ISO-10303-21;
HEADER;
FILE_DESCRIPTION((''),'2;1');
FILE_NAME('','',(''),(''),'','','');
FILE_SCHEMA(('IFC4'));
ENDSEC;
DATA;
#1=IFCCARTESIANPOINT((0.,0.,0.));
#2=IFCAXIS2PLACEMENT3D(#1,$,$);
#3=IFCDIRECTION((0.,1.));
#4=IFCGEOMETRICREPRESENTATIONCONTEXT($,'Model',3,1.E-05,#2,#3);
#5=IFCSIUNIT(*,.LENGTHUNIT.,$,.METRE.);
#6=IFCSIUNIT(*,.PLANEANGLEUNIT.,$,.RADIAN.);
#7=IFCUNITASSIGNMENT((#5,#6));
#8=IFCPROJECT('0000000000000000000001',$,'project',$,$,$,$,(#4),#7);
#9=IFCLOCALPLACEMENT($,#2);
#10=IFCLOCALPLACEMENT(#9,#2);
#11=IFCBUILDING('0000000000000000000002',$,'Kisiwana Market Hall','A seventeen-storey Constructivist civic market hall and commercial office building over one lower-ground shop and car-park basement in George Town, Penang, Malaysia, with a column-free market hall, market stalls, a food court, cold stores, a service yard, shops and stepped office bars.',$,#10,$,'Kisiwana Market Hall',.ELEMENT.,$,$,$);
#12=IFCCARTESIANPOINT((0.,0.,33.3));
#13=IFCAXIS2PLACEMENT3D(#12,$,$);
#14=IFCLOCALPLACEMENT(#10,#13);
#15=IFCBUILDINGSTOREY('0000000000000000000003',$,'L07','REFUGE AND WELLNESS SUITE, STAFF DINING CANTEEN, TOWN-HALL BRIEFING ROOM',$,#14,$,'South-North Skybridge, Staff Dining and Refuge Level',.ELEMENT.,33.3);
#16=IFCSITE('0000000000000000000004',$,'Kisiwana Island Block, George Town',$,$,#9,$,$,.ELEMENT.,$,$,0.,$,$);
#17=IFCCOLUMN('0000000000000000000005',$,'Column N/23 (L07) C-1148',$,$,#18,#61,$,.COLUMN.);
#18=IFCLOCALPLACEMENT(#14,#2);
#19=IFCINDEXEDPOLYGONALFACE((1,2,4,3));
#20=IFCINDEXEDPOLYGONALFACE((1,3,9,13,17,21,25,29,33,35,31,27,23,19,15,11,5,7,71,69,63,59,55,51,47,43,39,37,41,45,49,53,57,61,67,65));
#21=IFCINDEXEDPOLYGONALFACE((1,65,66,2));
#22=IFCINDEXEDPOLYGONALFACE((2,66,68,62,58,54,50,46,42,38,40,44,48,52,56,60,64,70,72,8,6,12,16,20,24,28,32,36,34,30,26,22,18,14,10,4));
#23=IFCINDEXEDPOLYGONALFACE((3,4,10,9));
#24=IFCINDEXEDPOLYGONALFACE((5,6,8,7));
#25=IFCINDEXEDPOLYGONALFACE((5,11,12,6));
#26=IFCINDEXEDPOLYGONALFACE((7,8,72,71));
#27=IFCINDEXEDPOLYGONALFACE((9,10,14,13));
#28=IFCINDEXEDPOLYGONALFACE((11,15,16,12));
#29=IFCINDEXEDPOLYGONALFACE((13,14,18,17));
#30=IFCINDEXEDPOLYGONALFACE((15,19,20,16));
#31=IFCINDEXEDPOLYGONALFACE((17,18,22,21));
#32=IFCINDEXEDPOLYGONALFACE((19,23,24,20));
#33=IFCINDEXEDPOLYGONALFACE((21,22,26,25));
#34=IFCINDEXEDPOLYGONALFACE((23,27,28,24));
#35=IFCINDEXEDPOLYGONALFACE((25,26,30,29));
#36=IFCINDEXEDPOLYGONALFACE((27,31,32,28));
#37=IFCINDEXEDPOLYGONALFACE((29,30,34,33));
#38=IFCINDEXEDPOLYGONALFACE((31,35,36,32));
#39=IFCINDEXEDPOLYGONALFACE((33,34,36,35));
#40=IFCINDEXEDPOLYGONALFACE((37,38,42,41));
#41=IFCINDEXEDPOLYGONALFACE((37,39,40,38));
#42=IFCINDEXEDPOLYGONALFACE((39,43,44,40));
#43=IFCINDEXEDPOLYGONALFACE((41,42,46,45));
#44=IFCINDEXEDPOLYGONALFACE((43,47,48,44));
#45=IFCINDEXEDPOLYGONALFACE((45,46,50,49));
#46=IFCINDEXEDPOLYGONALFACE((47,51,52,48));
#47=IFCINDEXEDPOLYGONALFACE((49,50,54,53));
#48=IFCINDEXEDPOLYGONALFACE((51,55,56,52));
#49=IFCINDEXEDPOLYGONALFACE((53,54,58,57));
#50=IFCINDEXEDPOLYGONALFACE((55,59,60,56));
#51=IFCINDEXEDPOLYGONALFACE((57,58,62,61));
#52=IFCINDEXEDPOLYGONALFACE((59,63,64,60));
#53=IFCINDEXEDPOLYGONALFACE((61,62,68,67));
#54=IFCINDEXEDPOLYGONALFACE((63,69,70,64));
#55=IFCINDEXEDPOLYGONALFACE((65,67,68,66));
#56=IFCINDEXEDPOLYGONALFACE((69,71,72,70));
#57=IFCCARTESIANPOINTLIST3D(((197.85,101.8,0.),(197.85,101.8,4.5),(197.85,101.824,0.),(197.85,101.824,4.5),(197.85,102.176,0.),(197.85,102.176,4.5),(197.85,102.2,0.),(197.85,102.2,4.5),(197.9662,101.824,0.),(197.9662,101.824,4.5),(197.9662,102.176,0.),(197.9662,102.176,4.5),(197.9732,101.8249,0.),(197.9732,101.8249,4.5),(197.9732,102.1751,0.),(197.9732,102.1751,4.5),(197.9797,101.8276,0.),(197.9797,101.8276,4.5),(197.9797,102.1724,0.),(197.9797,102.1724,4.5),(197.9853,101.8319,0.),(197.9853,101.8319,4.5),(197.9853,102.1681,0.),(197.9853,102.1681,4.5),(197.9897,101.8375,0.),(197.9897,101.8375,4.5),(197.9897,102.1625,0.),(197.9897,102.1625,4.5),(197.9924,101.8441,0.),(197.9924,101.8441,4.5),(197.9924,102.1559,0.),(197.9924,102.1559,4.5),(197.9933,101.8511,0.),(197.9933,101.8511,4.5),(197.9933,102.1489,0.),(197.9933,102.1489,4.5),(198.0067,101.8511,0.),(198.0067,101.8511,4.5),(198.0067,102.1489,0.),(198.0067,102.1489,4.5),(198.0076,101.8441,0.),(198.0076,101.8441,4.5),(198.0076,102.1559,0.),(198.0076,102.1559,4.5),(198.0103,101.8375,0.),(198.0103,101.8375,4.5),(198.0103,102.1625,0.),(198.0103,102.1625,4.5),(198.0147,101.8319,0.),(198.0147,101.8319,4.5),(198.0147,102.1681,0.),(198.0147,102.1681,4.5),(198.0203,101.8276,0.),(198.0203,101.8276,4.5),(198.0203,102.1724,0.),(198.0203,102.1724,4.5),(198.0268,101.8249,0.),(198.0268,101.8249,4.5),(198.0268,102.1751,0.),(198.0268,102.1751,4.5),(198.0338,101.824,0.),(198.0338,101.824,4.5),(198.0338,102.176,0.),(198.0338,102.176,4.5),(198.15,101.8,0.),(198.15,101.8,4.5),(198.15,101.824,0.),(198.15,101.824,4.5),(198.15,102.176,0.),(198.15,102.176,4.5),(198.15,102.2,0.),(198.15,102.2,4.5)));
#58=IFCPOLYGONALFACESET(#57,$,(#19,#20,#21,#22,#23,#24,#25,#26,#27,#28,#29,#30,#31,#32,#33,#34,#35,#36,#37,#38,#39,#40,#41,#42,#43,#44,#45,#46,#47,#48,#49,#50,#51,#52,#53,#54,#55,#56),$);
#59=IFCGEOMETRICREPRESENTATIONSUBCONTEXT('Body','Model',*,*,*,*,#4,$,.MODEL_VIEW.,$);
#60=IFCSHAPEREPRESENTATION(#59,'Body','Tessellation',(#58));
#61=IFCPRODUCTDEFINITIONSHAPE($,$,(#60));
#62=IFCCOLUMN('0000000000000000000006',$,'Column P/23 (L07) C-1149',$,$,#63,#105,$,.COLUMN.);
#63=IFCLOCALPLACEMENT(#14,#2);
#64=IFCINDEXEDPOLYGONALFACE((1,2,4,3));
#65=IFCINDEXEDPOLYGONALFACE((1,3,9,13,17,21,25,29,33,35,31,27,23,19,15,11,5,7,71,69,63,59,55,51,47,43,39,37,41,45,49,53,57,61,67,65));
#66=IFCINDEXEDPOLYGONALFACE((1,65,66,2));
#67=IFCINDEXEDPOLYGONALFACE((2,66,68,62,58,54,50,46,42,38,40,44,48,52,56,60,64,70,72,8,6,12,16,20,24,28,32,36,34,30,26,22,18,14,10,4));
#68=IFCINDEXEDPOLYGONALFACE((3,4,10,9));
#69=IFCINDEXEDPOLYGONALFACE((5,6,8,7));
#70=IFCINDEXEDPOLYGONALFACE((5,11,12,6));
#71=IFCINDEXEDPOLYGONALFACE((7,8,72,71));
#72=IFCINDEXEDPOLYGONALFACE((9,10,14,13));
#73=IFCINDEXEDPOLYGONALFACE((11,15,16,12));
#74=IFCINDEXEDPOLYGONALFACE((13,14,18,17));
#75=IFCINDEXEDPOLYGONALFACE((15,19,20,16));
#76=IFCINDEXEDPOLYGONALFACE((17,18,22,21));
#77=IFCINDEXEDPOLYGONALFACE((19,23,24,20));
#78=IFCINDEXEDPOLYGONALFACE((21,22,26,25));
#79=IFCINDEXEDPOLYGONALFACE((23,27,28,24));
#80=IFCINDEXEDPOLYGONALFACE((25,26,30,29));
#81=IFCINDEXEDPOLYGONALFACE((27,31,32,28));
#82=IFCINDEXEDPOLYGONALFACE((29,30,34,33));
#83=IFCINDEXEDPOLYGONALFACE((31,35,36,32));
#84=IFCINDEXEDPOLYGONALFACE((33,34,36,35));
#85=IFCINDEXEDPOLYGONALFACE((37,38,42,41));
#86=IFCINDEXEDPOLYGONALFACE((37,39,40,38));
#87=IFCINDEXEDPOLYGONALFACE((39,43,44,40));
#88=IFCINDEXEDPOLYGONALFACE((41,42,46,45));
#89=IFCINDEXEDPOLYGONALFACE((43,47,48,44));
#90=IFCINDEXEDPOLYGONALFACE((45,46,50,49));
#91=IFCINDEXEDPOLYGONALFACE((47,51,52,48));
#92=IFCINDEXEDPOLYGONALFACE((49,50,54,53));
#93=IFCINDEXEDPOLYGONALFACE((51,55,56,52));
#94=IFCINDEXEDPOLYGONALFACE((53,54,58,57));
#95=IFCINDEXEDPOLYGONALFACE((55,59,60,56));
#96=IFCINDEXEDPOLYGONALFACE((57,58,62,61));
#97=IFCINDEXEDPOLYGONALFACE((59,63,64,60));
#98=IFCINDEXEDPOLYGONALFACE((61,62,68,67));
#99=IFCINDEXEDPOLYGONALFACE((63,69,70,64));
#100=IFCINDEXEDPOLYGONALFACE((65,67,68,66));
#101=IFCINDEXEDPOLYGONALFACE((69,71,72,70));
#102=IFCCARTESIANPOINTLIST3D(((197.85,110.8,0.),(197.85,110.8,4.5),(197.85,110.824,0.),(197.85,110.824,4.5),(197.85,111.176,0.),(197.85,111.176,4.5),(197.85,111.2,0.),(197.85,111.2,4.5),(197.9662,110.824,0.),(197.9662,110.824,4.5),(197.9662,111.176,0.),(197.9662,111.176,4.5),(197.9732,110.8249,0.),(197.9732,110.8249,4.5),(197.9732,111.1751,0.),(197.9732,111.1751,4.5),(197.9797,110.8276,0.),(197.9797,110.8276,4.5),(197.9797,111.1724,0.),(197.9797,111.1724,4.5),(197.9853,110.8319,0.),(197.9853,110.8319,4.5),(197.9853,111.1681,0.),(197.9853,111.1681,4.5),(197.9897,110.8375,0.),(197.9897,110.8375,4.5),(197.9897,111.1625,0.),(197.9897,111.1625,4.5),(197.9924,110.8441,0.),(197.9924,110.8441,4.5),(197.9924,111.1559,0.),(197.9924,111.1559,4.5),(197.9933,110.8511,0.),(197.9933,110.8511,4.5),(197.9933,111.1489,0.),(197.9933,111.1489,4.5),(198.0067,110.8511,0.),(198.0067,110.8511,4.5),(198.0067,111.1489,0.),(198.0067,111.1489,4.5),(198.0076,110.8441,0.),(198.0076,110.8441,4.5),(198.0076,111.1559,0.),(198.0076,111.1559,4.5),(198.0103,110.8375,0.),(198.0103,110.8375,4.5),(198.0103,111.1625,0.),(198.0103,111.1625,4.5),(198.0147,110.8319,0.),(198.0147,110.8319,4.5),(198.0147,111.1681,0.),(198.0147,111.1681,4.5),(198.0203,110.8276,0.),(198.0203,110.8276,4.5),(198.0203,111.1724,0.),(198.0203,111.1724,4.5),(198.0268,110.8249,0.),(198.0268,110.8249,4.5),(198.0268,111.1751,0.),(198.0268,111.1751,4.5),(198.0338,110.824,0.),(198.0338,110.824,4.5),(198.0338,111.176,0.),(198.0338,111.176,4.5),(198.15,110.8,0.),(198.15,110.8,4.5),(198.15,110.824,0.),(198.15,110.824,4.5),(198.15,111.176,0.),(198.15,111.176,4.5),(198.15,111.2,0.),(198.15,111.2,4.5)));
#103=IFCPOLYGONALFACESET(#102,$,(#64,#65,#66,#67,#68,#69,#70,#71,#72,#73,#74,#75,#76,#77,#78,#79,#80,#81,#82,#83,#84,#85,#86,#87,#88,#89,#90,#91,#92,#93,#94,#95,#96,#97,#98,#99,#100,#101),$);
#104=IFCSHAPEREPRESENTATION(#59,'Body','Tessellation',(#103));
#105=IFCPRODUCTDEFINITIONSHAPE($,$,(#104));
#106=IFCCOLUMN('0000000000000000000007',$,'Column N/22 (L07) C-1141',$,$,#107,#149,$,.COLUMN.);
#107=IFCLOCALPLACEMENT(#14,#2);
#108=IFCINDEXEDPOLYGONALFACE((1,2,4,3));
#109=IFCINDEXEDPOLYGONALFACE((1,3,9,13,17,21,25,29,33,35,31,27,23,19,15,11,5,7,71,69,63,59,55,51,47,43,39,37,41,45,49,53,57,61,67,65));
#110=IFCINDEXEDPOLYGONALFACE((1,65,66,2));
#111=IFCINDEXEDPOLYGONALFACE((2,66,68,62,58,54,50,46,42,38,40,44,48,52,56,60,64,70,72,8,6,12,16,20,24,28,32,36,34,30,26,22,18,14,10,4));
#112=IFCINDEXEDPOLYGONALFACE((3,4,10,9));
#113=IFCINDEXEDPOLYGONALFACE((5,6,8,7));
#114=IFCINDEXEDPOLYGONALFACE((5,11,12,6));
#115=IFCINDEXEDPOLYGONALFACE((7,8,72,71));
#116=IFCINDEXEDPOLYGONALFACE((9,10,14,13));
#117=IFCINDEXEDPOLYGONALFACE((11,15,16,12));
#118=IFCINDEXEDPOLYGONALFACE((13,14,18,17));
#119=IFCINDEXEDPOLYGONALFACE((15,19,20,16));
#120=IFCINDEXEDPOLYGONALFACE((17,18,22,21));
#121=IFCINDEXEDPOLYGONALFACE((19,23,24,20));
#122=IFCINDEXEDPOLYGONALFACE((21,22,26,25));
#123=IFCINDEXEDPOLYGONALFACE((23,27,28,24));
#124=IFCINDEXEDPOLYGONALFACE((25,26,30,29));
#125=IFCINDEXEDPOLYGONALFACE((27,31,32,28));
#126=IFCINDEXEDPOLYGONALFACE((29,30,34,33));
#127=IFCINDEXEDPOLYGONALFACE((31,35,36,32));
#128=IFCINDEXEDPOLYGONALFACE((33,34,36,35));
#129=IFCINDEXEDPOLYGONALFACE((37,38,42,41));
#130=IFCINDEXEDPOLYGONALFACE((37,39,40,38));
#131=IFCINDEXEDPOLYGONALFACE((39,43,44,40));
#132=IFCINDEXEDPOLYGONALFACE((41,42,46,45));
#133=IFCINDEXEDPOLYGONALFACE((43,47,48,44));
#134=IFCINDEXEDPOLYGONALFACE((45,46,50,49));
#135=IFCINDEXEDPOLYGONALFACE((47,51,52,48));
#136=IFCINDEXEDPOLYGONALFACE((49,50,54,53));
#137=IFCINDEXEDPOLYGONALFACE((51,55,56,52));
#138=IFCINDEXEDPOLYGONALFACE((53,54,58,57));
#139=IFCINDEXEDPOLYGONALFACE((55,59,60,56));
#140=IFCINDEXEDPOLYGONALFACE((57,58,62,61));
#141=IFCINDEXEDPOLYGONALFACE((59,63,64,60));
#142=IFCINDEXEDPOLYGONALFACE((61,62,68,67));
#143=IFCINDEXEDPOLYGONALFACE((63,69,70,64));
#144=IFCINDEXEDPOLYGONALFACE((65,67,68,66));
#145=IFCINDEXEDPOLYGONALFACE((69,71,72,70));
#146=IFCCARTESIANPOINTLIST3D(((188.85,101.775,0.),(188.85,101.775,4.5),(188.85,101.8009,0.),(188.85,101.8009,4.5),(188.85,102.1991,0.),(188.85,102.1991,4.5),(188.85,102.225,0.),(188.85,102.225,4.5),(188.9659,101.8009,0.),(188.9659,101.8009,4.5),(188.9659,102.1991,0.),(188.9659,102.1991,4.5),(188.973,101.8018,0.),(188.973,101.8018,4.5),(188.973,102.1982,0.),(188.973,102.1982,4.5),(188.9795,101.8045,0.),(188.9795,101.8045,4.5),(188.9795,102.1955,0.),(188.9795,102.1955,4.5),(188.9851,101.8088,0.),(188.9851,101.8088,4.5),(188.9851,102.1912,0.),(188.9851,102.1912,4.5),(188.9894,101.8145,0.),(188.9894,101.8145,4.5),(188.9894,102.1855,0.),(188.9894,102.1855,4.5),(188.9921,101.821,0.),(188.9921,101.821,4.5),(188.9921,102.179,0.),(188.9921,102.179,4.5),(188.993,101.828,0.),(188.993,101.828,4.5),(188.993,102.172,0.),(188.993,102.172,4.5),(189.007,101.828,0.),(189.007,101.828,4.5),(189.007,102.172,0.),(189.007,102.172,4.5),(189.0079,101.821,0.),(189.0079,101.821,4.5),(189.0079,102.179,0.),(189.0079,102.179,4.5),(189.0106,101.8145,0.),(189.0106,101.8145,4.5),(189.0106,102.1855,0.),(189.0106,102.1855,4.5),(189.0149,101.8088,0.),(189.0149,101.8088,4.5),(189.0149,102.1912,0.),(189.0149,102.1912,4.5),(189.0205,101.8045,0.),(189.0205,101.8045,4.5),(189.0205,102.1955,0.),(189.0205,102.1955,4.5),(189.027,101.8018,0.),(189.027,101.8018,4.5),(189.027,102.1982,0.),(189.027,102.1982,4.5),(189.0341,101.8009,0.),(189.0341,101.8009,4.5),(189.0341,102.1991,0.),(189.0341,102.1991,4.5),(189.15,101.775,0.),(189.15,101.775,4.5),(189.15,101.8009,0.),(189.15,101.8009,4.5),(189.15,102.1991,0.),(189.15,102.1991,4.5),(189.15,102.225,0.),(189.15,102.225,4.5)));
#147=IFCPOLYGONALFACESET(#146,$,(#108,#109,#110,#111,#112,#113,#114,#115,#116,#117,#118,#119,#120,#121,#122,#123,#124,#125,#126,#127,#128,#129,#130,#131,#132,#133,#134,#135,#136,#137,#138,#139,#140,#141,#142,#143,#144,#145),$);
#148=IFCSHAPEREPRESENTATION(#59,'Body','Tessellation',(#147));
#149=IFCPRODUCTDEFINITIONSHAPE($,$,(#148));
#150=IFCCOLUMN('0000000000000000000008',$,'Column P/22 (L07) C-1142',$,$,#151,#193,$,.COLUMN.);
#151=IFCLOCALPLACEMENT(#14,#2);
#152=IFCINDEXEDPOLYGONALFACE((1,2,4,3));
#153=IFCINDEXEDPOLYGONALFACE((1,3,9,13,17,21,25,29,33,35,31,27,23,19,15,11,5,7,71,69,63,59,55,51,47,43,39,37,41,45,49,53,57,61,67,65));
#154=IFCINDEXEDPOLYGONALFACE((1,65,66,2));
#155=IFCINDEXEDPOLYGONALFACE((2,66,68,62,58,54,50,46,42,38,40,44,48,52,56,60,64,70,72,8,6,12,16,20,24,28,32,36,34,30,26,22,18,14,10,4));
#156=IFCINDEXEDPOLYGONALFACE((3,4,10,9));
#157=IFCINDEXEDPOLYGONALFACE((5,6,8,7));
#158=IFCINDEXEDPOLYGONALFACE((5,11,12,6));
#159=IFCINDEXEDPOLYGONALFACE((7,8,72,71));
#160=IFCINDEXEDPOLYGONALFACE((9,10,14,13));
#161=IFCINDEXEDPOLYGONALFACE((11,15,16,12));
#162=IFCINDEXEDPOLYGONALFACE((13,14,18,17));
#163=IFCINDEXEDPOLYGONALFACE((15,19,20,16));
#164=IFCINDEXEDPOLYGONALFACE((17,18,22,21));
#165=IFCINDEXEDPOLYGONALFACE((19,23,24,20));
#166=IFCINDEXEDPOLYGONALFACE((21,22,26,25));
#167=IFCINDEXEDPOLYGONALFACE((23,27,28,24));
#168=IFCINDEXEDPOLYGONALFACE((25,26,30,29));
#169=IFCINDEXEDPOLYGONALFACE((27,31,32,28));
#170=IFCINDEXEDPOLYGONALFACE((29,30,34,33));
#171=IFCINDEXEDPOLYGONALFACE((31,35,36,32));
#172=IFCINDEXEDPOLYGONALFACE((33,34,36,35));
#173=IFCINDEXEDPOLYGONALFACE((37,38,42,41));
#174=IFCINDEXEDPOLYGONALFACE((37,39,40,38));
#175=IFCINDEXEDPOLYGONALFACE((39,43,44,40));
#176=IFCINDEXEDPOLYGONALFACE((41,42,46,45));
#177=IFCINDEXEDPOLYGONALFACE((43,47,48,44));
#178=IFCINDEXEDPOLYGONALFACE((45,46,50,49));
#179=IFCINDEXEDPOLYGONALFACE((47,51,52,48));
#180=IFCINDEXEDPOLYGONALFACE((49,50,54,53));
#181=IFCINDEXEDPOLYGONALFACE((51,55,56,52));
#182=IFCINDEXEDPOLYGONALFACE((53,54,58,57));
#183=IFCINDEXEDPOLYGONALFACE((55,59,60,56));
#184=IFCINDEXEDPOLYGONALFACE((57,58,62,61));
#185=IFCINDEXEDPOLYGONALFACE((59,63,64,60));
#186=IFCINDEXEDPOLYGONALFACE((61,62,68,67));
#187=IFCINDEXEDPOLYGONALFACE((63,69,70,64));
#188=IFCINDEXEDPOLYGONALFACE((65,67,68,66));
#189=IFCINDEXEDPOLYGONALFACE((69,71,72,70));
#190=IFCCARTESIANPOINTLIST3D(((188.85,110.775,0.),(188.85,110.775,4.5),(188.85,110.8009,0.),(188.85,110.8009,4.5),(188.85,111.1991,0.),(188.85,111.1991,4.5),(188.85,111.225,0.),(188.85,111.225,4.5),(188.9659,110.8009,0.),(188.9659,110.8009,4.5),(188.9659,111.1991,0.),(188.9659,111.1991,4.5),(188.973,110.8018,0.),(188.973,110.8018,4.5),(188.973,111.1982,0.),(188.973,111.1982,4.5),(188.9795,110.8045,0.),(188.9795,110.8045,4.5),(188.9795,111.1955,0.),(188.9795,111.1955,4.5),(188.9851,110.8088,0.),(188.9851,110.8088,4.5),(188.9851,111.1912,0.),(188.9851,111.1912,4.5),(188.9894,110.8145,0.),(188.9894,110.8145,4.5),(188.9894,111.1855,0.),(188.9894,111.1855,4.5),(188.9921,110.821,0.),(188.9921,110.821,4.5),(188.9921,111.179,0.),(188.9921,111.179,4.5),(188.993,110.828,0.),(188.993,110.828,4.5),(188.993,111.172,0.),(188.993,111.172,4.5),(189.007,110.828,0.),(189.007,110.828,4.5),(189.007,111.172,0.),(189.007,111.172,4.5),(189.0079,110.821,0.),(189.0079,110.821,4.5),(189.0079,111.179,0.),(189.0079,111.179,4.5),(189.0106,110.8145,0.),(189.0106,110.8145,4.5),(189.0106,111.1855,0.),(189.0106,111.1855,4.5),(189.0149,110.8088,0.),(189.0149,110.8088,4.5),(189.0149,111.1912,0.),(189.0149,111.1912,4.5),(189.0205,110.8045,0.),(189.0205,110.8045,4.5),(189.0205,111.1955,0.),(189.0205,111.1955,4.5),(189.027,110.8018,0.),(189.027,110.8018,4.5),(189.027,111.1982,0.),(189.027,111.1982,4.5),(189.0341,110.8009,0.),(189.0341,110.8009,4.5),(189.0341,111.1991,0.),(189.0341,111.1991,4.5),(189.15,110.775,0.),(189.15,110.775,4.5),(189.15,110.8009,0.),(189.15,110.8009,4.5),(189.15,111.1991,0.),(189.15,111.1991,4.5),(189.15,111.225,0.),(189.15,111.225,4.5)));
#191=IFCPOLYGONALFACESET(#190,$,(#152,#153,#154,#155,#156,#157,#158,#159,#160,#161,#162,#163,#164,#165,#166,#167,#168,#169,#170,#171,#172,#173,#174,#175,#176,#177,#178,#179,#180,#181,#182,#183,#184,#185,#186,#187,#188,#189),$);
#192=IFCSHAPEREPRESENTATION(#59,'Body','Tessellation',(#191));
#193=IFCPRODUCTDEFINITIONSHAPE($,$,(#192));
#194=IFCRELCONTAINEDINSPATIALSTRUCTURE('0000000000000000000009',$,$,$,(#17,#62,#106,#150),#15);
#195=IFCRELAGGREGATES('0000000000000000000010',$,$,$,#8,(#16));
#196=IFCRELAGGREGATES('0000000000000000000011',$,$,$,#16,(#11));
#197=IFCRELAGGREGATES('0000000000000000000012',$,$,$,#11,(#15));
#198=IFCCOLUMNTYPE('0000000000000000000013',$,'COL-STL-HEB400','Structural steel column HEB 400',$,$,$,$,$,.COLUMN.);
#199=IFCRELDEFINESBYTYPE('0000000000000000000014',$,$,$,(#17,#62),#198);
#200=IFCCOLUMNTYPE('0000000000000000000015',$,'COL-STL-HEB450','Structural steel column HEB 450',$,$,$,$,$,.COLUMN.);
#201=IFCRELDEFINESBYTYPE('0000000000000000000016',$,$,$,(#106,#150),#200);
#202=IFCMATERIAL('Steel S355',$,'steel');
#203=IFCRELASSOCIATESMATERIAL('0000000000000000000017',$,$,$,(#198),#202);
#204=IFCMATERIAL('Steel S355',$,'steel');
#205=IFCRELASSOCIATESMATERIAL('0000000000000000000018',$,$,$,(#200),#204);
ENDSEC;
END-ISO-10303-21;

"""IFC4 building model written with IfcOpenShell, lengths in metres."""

from ifc_helpers import new_model, si_unit, direction, frame, origin, origin_2d, place, context, subcontext, project, spatial, i_section, extrude, material, material_profile, profile_set, type_object, element, save


model = new_model("IFC4")

# Units and contexts
model_context = context("Model", 3, precision=1e-05, world=origin(), true_north=direction((0.0, 1.0)))
body_context = subcontext(model_context, "Body", "Model", "MODEL_VIEW")
ifc_project = project(units=[si_unit("LENGTHUNIT", "METRE"), si_unit("PLANEANGLEUNIT", "RADIAN")], contexts=[model_context])

# Site, building, storey
site_placement = place(None, origin())
site = spatial("IfcSite", under=ifc_project, at=site_placement, Name="Kisiwana Island Block, George Town", CompositionType="ELEMENT", RefElevation=0.0)
building_placement = place(site_placement, origin())
building = spatial("IfcBuilding", under=site, at=building_placement, Name="Kisiwana Market Hall", Description="A seventeen-storey Constructivist civic market hall and commercial office building over one lower-ground shop and car-park basement in George Town, Penang, Malaysia, with a column-free market hall, market stalls, a food court, cold stores, a service yard, shops and stepped office bars.", LongName="Kisiwana Market Hall", CompositionType="ELEMENT")
storey_placement = place(building_placement, frame((0.0, 0.0, 33.3)))
storey = spatial("IfcBuildingStorey", under=building, at=storey_placement, Name="L07", Description="REFUGE AND WELLNESS SUITE, STAFF DINING CANTEEN, TOWN-HALL BRIEFING ROOM", LongName="South-North Skybridge, Staff Dining and Refuge Level", CompositionType="ELEMENT", Elevation=33.3)

# Columns
ifc_material_1 = material(Name="Steel S355", Category="steel")
ifc_material_profile_1 = material_profile(ifc_material_1, i_section(OverallWidth=0.3, OverallDepth=0.3999, WebThickness=0.0134, FlangeThickness=0.0239, FilletRadius=0.0271, at=origin_2d()), Name="HEB 400")
ifc_profile_set_1 = profile_set([ifc_material_profile_1], Name="Steel S355")
column_type_1 = type_object("IfcColumnType", Name="COL-STL-HEB400", Description="Structural steel column HEB 400", PredefinedType="COLUMN", material=ifc_profile_set_1)
for number, where, z_axis, x_axis, name in (
    (1, (198.0, 102.0, 0.0), (0.0, 0.0, 1.0), (1.0, 0.0, 0.0), "Column N/23 (L07) C-1148"),
    (2, (198.0, 111.0, 0.0), (0.0, 0.0, 1.0), (1.0, 0.0, 0.0), "Column P/23 (L07) C-1149"),
):
    element("IfcColumn", number, at=place(storey_placement, frame(where, z_axis=z_axis, x_axis=x_axis)), inside=storey, type_object=column_type_1, Name=name, PredefinedType="COLUMN", context=body_context, shape_type="SweptSolid", body=[
        extrude(i_section(OverallWidth=0.3, OverallDepth=0.3999, WebThickness=0.0134, FlangeThickness=0.0239, FilletRadius=0.0271, at=origin_2d()), origin(), (0.0, 0.0, 1.0), 4.5),
    ])
ifc_material_2 = material(Name="Steel S355", Category="steel")
ifc_material_profile_2 = material_profile(ifc_material_2, i_section(OverallWidth=0.3, OverallDepth=0.45, WebThickness=0.0139, FlangeThickness=0.0259, FilletRadius=0.0271, at=origin_2d()), Name="HEB 450")
ifc_profile_set_2 = profile_set([ifc_material_profile_2], Name="Steel S355")
column_type_2 = type_object("IfcColumnType", Name="COL-STL-HEB450", Description="Structural steel column HEB 450", PredefinedType="COLUMN", material=ifc_profile_set_2)
for number, where, z_axis, x_axis, name in (
    (3, (189.0, 102.0, 0.0), (0.0, 0.0, 1.0), (1.0, 0.0, 0.0), "Column N/22 (L07) C-1141"),
    (4, (189.0, 111.0, 0.0), (0.0, 0.0, 1.0), (1.0, 0.0, 0.0), "Column P/22 (L07) C-1142"),
):
    element("IfcColumn", number, at=place(storey_placement, frame(where, z_axis=z_axis, x_axis=x_axis)), inside=storey, type_object=column_type_2, Name=name, PredefinedType="COLUMN", context=body_context, shape_type="SweptSolid", body=[
        extrude(i_section(OverallWidth=0.3, OverallDepth=0.45, WebThickness=0.0139, FlangeThickness=0.0259, FilletRadius=0.0271, at=origin_2d()), origin(), (0.0, 0.0, 1.0), 4.5),
    ])

save(model, "model.ifc")
